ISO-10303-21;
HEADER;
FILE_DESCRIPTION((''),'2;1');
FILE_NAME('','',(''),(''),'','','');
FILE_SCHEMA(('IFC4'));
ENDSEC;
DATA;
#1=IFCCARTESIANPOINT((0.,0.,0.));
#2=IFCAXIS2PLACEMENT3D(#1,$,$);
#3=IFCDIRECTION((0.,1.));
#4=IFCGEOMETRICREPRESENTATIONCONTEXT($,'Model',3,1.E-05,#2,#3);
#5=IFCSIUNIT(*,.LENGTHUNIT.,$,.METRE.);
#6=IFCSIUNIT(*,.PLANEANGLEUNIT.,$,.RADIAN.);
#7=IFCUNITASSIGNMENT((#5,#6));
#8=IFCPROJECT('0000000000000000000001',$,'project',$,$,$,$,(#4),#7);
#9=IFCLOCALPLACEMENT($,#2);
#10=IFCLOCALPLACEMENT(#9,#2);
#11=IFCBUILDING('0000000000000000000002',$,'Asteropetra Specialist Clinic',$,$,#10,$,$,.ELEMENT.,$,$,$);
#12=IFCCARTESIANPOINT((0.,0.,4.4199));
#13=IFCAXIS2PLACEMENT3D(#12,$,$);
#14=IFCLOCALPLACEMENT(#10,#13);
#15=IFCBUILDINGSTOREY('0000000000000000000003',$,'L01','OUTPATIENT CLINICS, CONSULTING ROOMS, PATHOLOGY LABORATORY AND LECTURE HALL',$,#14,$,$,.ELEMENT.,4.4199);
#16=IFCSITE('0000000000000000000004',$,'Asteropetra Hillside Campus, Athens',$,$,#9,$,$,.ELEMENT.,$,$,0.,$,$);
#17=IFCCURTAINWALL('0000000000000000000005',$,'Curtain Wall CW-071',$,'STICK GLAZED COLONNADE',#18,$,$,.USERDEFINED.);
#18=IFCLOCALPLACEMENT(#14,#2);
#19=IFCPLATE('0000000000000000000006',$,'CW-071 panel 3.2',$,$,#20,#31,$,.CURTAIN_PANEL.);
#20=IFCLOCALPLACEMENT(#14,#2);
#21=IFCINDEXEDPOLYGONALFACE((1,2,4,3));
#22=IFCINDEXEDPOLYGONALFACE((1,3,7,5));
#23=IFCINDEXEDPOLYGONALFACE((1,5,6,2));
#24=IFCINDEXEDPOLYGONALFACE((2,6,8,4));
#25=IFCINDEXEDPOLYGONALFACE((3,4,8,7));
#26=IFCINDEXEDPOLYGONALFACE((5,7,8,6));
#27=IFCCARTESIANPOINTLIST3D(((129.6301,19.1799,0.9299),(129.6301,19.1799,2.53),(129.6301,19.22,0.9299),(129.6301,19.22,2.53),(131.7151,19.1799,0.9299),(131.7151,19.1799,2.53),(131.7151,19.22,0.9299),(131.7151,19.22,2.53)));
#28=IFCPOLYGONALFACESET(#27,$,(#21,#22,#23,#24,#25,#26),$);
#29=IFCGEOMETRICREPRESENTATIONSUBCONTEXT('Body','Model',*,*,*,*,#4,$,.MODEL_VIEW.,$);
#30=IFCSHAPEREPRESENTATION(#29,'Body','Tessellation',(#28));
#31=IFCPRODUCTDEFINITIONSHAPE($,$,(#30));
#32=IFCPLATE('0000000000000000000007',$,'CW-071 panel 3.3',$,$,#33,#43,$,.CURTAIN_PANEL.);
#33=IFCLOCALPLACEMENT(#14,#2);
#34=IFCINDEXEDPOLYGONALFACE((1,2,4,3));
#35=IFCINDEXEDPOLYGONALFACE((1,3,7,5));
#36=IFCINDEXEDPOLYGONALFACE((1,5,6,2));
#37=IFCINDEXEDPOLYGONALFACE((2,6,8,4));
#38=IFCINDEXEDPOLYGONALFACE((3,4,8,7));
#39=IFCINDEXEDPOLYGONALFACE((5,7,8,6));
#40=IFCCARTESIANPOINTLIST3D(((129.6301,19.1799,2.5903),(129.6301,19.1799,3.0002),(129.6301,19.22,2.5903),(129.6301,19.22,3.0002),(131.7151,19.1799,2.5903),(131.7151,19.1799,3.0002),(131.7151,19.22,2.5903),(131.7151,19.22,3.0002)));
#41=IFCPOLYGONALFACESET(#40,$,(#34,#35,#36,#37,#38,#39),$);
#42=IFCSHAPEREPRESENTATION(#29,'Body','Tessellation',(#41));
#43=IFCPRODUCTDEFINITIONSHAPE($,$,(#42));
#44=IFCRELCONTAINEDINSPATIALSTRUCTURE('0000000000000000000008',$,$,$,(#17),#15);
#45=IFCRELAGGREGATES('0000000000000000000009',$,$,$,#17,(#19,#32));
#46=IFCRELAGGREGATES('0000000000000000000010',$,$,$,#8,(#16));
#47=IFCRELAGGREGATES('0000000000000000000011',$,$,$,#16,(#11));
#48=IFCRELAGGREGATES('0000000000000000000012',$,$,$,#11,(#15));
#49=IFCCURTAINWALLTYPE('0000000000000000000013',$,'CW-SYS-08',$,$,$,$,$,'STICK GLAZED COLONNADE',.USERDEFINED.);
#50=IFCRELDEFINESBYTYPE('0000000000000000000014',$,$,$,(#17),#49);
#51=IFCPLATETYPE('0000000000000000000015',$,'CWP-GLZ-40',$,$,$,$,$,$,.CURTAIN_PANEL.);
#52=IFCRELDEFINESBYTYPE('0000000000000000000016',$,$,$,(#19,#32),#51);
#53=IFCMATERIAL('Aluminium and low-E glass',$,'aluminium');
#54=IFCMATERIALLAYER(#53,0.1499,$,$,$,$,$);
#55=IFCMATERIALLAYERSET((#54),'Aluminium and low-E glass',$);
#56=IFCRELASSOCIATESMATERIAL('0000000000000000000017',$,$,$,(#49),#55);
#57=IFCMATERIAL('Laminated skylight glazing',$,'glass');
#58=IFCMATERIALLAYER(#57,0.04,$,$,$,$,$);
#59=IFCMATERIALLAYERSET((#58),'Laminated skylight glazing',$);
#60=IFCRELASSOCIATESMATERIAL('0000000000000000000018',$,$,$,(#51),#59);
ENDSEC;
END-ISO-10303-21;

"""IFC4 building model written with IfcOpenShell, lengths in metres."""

from ifc_helpers import new_model, si_unit, direction, frame, origin, origin_2d, place, context, subcontext, project, spatial, rectangle, extrude, material, layer, layer_set, type_object, element, aggregate, save


model = new_model("IFC4")

# Units and contexts
model_context = context("Model", 3, precision=1e-05, world=origin(), true_north=direction((0.0, 1.0)))
body_context = subcontext(model_context, "Body", "Model", "MODEL_VIEW")
ifc_project = project(units=[si_unit("LENGTHUNIT", "METRE"), si_unit("PLANEANGLEUNIT", "RADIAN")], contexts=[model_context])

# Site, building, storey
site_placement = place(None, origin())
site = spatial("IfcSite", under=ifc_project, at=site_placement, Name="Asteropetra Hillside Campus, Athens", CompositionType="ELEMENT", RefElevation=0.0)
building_placement = place(site_placement, origin())
building = spatial("IfcBuilding", under=site, at=building_placement, Name="Asteropetra Specialist Clinic", CompositionType="ELEMENT")
storey_placement = place(building_placement, frame((0.0, 0.0, 4.4199)))
storey = spatial("IfcBuildingStorey", under=building, at=storey_placement, Name="L01", Description="OUTPATIENT CLINICS, CONSULTING ROOMS, PATHOLOGY LABORATORY AND LECTURE HALL", CompositionType="ELEMENT", Elevation=4.4199)

# Curtain wall
ifc_material_1 = material(Name="Aluminium and low-E glass", Category="aluminium")
ifc_layer_1 = layer(ifc_material_1, 0.1499)
ifc_layer_set_1 = layer_set([ifc_layer_1], Name="Aluminium and low-E glass")
curtain_wall_type_1 = type_object("IfcCurtainWallType", Name="CW-SYS-08", ElementType="STICK GLAZED COLONNADE", PredefinedType="USERDEFINED", material=ifc_layer_set_1)
curtain_wall_1_placement = place(storey_placement, origin())
curtain_wall_1 = element("IfcCurtainWall", 1, at=curtain_wall_1_placement, inside=storey, type_object=curtain_wall_type_1, Name="Curtain Wall CW-071", ObjectType="STICK GLAZED COLONNADE", PredefinedType="USERDEFINED")

# Plates
ifc_material_2 = material(Name="Laminated skylight glazing", Category="glass")
ifc_layer_2 = layer(ifc_material_2, 0.04)
ifc_layer_set_2 = layer_set([ifc_layer_2], Name="Laminated skylight glazing")
plate_type_1 = type_object("IfcPlateType", Name="CWP-GLZ-40", PredefinedType="CURTAIN_PANEL", material=ifc_layer_set_2)
plate_1_placement = place(storey_placement, frame((130.6726, 19.2, 0.9299), z_axis=(0.0, 0.0, 1.0), x_axis=(1.0, 0.0, 0.0)))
plate_1 = element("IfcPlate", 2, at=plate_1_placement, type_object=plate_type_1, Name="CW-071 panel 3.2", PredefinedType="CURTAIN_PANEL", context=body_context, shape_type="SweptSolid", body=[
    extrude(rectangle(XDim=2.085, YDim=0.04, at=origin_2d()), origin(), (0.0, 0.0, 1.0), 1.6001),
])
plate_2_placement = place(storey_placement, frame((130.6726, 19.2, 2.5903), z_axis=(0.0, 0.0, 1.0), x_axis=(1.0, 0.0, 0.0)))
plate_2 = element("IfcPlate", 3, at=plate_2_placement, type_object=plate_type_1, Name="CW-071 panel 3.3", PredefinedType="CURTAIN_PANEL", context=body_context, shape_type="SweptSolid", body=[
    extrude(rectangle(XDim=2.085, YDim=0.04, at=origin_2d()), origin(), (0.0, 0.0, 1.0), 0.4099),
])
aggregate(curtain_wall_1, [plate_1, plate_2])

save(model, "model.ifc")
